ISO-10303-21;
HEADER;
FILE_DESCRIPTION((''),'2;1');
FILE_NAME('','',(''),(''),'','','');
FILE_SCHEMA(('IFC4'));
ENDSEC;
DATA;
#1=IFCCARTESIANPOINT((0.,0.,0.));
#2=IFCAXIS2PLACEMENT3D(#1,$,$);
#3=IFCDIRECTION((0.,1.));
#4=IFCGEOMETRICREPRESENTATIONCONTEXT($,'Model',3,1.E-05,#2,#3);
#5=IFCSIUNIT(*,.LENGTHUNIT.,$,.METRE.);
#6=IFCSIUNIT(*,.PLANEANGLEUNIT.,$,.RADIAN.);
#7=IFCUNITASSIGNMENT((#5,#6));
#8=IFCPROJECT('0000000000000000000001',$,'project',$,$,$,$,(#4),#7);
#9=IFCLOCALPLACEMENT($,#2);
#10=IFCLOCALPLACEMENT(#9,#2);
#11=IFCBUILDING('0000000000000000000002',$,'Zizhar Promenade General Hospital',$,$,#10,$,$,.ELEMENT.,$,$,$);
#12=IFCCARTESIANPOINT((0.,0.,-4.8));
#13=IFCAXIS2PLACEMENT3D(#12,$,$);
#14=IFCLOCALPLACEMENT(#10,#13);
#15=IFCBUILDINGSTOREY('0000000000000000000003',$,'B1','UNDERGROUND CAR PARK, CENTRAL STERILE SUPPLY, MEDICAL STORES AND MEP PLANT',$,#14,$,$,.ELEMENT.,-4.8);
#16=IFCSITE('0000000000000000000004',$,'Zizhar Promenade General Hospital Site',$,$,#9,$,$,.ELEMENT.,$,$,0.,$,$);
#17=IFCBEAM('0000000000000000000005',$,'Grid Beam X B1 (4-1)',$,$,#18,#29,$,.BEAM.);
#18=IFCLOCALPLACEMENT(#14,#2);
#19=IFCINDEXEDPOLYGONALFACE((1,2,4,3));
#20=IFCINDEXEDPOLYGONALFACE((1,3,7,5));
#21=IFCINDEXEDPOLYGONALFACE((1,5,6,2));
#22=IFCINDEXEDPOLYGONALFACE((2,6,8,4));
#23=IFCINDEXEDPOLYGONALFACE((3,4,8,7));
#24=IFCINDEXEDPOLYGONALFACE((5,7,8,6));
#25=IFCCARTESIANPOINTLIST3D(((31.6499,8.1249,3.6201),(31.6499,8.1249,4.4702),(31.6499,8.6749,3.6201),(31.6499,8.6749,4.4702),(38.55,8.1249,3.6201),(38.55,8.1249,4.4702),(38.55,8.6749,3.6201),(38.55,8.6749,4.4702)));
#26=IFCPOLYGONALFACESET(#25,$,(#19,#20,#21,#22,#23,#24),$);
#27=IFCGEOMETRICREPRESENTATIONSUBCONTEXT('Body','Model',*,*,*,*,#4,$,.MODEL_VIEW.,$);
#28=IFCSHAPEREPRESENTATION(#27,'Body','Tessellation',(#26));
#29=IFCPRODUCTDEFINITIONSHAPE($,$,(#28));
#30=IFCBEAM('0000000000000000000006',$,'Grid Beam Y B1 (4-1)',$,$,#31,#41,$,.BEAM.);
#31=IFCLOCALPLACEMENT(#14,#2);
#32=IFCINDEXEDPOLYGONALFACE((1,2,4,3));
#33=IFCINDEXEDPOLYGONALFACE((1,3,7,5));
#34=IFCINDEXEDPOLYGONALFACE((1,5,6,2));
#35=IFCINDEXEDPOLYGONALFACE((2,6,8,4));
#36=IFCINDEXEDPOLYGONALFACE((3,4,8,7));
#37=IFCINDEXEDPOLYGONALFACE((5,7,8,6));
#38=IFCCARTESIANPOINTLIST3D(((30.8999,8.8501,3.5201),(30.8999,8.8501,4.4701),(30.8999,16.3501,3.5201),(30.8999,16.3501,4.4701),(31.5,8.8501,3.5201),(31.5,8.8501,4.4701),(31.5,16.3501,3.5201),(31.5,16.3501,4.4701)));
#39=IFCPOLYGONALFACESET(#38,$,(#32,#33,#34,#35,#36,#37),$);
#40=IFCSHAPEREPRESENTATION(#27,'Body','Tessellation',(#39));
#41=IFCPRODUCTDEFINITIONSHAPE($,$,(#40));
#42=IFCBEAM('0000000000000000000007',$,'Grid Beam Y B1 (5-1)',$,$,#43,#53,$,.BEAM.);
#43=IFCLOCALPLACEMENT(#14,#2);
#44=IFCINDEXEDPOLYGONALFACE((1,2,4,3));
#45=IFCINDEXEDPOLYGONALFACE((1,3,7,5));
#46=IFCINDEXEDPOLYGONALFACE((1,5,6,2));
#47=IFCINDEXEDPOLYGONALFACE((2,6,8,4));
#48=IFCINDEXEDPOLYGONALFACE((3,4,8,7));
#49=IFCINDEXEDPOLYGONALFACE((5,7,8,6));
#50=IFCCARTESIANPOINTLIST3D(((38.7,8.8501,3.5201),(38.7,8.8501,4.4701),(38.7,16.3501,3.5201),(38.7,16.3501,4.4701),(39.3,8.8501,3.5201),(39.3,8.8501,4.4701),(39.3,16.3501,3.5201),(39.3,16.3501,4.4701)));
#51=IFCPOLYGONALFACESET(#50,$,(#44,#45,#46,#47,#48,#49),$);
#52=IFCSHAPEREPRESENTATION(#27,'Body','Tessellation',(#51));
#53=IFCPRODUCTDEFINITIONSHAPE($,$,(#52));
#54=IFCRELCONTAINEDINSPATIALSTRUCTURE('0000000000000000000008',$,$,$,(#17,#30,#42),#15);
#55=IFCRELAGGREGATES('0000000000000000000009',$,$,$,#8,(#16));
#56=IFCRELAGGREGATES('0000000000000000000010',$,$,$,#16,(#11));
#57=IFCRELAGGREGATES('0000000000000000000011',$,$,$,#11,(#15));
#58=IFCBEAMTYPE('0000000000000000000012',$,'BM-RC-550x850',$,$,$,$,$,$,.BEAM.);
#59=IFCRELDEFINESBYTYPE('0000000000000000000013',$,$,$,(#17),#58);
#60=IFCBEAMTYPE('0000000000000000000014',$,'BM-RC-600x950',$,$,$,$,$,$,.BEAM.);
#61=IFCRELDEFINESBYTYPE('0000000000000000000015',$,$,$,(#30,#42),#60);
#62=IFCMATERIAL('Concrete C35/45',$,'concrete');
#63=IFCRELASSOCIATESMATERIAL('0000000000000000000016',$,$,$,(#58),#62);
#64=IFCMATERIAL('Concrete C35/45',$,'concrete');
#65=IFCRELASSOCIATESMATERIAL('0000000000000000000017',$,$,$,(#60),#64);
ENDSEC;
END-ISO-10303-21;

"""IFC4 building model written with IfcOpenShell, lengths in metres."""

from ifc_helpers import new_model, si_unit, direction, frame, origin, origin_2d, place, context, subcontext, project, spatial, rectangle, extrude, material, material_profile, profile_set, type_object, element, save


model = new_model("IFC4")

# Units and contexts
model_context = context("Model", 3, precision=1e-05, world=origin(), true_north=direction((0.0, 1.0)))
body_context = subcontext(model_context, "Body", "Model", "MODEL_VIEW")
ifc_project = project(units=[si_unit("LENGTHUNIT", "METRE"), si_unit("PLANEANGLEUNIT", "RADIAN")], contexts=[model_context])

# Site, building, storey
site_placement = place(None, origin())
site = spatial("IfcSite", under=ifc_project, at=site_placement, Name="Zizhar Promenade General Hospital Site", CompositionType="ELEMENT", RefElevation=0.0)
building_placement = place(site_placement, origin())
building = spatial("IfcBuilding", under=site, at=building_placement, Name="Zizhar Promenade General Hospital", CompositionType="ELEMENT")
storey_placement = place(building_placement, frame((0.0, 0.0, -4.8)))
storey = spatial("IfcBuildingStorey", under=building, at=storey_placement, Name="B1", Description="UNDERGROUND CAR PARK, CENTRAL STERILE SUPPLY, MEDICAL STORES AND MEP PLANT", CompositionType="ELEMENT", Elevation=-4.8)

# Beams
ifc_material_1 = material(Name="Concrete C35/45", Category="concrete")
ifc_material_profile_1 = material_profile(ifc_material_1, rectangle(XDim=0.55, YDim=0.8501, at=origin_2d()))
ifc_profile_set_1 = profile_set([ifc_material_profile_1], Name="Concrete C35/45")
beam_type_1 = type_object("IfcBeamType", Name="BM-RC-550x850", PredefinedType="BEAM", material=ifc_profile_set_1)
beam_placement = place(storey_placement, frame((31.6499, 8.3999, 4.0452), z_axis=(1.0, 0.0, 0.0), x_axis=(0.0, 1.0, 0.0)))
element("IfcBeam", 1, at=beam_placement, inside=storey, type_object=beam_type_1, Name="Grid Beam X B1 (4-1)", PredefinedType="BEAM", context=body_context, shape_type="SweptSolid", body=[
    extrude(rectangle(XDim=0.55, YDim=0.8501, at=origin_2d()), origin(), (0.0, 0.0, 1.0), 6.9001),
])
ifc_material_2 = material(Name="Concrete C35/45", Category="concrete")
ifc_material_profile_2 = material_profile(ifc_material_2, rectangle(XDim=0.6001, YDim=0.95, at=origin_2d()))
ifc_profile_set_2 = profile_set([ifc_material_profile_2], Name="Concrete C35/45")
beam_type_2 = type_object("IfcBeamType", Name="BM-RC-600x950", PredefinedType="BEAM", material=ifc_profile_set_2)
for number, where, z_axis, x_axis, name in (
    (2, (31.2, 8.8501, 3.9951), (0.0, 1.0, 0.0), (-1.0, 0.0, 0.0), "Grid Beam Y B1 (4-1)"),
    (3, (39.0, 8.8501, 3.9951), (0.0, 1.0, 0.0), (-1.0, 0.0, 0.0), "Grid Beam Y B1 (5-1)"),
):
    element("IfcBeam", number, at=place(storey_placement, frame(where, z_axis=z_axis, x_axis=x_axis)), inside=storey, type_object=beam_type_2, Name=name, PredefinedType="BEAM", context=body_context, shape_type="SweptSolid", body=[
        extrude(rectangle(XDim=0.6001, YDim=0.95, at=origin_2d()), origin(), (0.0, 0.0, 1.0), 7.5),
    ])

save(model, "model.ifc")
